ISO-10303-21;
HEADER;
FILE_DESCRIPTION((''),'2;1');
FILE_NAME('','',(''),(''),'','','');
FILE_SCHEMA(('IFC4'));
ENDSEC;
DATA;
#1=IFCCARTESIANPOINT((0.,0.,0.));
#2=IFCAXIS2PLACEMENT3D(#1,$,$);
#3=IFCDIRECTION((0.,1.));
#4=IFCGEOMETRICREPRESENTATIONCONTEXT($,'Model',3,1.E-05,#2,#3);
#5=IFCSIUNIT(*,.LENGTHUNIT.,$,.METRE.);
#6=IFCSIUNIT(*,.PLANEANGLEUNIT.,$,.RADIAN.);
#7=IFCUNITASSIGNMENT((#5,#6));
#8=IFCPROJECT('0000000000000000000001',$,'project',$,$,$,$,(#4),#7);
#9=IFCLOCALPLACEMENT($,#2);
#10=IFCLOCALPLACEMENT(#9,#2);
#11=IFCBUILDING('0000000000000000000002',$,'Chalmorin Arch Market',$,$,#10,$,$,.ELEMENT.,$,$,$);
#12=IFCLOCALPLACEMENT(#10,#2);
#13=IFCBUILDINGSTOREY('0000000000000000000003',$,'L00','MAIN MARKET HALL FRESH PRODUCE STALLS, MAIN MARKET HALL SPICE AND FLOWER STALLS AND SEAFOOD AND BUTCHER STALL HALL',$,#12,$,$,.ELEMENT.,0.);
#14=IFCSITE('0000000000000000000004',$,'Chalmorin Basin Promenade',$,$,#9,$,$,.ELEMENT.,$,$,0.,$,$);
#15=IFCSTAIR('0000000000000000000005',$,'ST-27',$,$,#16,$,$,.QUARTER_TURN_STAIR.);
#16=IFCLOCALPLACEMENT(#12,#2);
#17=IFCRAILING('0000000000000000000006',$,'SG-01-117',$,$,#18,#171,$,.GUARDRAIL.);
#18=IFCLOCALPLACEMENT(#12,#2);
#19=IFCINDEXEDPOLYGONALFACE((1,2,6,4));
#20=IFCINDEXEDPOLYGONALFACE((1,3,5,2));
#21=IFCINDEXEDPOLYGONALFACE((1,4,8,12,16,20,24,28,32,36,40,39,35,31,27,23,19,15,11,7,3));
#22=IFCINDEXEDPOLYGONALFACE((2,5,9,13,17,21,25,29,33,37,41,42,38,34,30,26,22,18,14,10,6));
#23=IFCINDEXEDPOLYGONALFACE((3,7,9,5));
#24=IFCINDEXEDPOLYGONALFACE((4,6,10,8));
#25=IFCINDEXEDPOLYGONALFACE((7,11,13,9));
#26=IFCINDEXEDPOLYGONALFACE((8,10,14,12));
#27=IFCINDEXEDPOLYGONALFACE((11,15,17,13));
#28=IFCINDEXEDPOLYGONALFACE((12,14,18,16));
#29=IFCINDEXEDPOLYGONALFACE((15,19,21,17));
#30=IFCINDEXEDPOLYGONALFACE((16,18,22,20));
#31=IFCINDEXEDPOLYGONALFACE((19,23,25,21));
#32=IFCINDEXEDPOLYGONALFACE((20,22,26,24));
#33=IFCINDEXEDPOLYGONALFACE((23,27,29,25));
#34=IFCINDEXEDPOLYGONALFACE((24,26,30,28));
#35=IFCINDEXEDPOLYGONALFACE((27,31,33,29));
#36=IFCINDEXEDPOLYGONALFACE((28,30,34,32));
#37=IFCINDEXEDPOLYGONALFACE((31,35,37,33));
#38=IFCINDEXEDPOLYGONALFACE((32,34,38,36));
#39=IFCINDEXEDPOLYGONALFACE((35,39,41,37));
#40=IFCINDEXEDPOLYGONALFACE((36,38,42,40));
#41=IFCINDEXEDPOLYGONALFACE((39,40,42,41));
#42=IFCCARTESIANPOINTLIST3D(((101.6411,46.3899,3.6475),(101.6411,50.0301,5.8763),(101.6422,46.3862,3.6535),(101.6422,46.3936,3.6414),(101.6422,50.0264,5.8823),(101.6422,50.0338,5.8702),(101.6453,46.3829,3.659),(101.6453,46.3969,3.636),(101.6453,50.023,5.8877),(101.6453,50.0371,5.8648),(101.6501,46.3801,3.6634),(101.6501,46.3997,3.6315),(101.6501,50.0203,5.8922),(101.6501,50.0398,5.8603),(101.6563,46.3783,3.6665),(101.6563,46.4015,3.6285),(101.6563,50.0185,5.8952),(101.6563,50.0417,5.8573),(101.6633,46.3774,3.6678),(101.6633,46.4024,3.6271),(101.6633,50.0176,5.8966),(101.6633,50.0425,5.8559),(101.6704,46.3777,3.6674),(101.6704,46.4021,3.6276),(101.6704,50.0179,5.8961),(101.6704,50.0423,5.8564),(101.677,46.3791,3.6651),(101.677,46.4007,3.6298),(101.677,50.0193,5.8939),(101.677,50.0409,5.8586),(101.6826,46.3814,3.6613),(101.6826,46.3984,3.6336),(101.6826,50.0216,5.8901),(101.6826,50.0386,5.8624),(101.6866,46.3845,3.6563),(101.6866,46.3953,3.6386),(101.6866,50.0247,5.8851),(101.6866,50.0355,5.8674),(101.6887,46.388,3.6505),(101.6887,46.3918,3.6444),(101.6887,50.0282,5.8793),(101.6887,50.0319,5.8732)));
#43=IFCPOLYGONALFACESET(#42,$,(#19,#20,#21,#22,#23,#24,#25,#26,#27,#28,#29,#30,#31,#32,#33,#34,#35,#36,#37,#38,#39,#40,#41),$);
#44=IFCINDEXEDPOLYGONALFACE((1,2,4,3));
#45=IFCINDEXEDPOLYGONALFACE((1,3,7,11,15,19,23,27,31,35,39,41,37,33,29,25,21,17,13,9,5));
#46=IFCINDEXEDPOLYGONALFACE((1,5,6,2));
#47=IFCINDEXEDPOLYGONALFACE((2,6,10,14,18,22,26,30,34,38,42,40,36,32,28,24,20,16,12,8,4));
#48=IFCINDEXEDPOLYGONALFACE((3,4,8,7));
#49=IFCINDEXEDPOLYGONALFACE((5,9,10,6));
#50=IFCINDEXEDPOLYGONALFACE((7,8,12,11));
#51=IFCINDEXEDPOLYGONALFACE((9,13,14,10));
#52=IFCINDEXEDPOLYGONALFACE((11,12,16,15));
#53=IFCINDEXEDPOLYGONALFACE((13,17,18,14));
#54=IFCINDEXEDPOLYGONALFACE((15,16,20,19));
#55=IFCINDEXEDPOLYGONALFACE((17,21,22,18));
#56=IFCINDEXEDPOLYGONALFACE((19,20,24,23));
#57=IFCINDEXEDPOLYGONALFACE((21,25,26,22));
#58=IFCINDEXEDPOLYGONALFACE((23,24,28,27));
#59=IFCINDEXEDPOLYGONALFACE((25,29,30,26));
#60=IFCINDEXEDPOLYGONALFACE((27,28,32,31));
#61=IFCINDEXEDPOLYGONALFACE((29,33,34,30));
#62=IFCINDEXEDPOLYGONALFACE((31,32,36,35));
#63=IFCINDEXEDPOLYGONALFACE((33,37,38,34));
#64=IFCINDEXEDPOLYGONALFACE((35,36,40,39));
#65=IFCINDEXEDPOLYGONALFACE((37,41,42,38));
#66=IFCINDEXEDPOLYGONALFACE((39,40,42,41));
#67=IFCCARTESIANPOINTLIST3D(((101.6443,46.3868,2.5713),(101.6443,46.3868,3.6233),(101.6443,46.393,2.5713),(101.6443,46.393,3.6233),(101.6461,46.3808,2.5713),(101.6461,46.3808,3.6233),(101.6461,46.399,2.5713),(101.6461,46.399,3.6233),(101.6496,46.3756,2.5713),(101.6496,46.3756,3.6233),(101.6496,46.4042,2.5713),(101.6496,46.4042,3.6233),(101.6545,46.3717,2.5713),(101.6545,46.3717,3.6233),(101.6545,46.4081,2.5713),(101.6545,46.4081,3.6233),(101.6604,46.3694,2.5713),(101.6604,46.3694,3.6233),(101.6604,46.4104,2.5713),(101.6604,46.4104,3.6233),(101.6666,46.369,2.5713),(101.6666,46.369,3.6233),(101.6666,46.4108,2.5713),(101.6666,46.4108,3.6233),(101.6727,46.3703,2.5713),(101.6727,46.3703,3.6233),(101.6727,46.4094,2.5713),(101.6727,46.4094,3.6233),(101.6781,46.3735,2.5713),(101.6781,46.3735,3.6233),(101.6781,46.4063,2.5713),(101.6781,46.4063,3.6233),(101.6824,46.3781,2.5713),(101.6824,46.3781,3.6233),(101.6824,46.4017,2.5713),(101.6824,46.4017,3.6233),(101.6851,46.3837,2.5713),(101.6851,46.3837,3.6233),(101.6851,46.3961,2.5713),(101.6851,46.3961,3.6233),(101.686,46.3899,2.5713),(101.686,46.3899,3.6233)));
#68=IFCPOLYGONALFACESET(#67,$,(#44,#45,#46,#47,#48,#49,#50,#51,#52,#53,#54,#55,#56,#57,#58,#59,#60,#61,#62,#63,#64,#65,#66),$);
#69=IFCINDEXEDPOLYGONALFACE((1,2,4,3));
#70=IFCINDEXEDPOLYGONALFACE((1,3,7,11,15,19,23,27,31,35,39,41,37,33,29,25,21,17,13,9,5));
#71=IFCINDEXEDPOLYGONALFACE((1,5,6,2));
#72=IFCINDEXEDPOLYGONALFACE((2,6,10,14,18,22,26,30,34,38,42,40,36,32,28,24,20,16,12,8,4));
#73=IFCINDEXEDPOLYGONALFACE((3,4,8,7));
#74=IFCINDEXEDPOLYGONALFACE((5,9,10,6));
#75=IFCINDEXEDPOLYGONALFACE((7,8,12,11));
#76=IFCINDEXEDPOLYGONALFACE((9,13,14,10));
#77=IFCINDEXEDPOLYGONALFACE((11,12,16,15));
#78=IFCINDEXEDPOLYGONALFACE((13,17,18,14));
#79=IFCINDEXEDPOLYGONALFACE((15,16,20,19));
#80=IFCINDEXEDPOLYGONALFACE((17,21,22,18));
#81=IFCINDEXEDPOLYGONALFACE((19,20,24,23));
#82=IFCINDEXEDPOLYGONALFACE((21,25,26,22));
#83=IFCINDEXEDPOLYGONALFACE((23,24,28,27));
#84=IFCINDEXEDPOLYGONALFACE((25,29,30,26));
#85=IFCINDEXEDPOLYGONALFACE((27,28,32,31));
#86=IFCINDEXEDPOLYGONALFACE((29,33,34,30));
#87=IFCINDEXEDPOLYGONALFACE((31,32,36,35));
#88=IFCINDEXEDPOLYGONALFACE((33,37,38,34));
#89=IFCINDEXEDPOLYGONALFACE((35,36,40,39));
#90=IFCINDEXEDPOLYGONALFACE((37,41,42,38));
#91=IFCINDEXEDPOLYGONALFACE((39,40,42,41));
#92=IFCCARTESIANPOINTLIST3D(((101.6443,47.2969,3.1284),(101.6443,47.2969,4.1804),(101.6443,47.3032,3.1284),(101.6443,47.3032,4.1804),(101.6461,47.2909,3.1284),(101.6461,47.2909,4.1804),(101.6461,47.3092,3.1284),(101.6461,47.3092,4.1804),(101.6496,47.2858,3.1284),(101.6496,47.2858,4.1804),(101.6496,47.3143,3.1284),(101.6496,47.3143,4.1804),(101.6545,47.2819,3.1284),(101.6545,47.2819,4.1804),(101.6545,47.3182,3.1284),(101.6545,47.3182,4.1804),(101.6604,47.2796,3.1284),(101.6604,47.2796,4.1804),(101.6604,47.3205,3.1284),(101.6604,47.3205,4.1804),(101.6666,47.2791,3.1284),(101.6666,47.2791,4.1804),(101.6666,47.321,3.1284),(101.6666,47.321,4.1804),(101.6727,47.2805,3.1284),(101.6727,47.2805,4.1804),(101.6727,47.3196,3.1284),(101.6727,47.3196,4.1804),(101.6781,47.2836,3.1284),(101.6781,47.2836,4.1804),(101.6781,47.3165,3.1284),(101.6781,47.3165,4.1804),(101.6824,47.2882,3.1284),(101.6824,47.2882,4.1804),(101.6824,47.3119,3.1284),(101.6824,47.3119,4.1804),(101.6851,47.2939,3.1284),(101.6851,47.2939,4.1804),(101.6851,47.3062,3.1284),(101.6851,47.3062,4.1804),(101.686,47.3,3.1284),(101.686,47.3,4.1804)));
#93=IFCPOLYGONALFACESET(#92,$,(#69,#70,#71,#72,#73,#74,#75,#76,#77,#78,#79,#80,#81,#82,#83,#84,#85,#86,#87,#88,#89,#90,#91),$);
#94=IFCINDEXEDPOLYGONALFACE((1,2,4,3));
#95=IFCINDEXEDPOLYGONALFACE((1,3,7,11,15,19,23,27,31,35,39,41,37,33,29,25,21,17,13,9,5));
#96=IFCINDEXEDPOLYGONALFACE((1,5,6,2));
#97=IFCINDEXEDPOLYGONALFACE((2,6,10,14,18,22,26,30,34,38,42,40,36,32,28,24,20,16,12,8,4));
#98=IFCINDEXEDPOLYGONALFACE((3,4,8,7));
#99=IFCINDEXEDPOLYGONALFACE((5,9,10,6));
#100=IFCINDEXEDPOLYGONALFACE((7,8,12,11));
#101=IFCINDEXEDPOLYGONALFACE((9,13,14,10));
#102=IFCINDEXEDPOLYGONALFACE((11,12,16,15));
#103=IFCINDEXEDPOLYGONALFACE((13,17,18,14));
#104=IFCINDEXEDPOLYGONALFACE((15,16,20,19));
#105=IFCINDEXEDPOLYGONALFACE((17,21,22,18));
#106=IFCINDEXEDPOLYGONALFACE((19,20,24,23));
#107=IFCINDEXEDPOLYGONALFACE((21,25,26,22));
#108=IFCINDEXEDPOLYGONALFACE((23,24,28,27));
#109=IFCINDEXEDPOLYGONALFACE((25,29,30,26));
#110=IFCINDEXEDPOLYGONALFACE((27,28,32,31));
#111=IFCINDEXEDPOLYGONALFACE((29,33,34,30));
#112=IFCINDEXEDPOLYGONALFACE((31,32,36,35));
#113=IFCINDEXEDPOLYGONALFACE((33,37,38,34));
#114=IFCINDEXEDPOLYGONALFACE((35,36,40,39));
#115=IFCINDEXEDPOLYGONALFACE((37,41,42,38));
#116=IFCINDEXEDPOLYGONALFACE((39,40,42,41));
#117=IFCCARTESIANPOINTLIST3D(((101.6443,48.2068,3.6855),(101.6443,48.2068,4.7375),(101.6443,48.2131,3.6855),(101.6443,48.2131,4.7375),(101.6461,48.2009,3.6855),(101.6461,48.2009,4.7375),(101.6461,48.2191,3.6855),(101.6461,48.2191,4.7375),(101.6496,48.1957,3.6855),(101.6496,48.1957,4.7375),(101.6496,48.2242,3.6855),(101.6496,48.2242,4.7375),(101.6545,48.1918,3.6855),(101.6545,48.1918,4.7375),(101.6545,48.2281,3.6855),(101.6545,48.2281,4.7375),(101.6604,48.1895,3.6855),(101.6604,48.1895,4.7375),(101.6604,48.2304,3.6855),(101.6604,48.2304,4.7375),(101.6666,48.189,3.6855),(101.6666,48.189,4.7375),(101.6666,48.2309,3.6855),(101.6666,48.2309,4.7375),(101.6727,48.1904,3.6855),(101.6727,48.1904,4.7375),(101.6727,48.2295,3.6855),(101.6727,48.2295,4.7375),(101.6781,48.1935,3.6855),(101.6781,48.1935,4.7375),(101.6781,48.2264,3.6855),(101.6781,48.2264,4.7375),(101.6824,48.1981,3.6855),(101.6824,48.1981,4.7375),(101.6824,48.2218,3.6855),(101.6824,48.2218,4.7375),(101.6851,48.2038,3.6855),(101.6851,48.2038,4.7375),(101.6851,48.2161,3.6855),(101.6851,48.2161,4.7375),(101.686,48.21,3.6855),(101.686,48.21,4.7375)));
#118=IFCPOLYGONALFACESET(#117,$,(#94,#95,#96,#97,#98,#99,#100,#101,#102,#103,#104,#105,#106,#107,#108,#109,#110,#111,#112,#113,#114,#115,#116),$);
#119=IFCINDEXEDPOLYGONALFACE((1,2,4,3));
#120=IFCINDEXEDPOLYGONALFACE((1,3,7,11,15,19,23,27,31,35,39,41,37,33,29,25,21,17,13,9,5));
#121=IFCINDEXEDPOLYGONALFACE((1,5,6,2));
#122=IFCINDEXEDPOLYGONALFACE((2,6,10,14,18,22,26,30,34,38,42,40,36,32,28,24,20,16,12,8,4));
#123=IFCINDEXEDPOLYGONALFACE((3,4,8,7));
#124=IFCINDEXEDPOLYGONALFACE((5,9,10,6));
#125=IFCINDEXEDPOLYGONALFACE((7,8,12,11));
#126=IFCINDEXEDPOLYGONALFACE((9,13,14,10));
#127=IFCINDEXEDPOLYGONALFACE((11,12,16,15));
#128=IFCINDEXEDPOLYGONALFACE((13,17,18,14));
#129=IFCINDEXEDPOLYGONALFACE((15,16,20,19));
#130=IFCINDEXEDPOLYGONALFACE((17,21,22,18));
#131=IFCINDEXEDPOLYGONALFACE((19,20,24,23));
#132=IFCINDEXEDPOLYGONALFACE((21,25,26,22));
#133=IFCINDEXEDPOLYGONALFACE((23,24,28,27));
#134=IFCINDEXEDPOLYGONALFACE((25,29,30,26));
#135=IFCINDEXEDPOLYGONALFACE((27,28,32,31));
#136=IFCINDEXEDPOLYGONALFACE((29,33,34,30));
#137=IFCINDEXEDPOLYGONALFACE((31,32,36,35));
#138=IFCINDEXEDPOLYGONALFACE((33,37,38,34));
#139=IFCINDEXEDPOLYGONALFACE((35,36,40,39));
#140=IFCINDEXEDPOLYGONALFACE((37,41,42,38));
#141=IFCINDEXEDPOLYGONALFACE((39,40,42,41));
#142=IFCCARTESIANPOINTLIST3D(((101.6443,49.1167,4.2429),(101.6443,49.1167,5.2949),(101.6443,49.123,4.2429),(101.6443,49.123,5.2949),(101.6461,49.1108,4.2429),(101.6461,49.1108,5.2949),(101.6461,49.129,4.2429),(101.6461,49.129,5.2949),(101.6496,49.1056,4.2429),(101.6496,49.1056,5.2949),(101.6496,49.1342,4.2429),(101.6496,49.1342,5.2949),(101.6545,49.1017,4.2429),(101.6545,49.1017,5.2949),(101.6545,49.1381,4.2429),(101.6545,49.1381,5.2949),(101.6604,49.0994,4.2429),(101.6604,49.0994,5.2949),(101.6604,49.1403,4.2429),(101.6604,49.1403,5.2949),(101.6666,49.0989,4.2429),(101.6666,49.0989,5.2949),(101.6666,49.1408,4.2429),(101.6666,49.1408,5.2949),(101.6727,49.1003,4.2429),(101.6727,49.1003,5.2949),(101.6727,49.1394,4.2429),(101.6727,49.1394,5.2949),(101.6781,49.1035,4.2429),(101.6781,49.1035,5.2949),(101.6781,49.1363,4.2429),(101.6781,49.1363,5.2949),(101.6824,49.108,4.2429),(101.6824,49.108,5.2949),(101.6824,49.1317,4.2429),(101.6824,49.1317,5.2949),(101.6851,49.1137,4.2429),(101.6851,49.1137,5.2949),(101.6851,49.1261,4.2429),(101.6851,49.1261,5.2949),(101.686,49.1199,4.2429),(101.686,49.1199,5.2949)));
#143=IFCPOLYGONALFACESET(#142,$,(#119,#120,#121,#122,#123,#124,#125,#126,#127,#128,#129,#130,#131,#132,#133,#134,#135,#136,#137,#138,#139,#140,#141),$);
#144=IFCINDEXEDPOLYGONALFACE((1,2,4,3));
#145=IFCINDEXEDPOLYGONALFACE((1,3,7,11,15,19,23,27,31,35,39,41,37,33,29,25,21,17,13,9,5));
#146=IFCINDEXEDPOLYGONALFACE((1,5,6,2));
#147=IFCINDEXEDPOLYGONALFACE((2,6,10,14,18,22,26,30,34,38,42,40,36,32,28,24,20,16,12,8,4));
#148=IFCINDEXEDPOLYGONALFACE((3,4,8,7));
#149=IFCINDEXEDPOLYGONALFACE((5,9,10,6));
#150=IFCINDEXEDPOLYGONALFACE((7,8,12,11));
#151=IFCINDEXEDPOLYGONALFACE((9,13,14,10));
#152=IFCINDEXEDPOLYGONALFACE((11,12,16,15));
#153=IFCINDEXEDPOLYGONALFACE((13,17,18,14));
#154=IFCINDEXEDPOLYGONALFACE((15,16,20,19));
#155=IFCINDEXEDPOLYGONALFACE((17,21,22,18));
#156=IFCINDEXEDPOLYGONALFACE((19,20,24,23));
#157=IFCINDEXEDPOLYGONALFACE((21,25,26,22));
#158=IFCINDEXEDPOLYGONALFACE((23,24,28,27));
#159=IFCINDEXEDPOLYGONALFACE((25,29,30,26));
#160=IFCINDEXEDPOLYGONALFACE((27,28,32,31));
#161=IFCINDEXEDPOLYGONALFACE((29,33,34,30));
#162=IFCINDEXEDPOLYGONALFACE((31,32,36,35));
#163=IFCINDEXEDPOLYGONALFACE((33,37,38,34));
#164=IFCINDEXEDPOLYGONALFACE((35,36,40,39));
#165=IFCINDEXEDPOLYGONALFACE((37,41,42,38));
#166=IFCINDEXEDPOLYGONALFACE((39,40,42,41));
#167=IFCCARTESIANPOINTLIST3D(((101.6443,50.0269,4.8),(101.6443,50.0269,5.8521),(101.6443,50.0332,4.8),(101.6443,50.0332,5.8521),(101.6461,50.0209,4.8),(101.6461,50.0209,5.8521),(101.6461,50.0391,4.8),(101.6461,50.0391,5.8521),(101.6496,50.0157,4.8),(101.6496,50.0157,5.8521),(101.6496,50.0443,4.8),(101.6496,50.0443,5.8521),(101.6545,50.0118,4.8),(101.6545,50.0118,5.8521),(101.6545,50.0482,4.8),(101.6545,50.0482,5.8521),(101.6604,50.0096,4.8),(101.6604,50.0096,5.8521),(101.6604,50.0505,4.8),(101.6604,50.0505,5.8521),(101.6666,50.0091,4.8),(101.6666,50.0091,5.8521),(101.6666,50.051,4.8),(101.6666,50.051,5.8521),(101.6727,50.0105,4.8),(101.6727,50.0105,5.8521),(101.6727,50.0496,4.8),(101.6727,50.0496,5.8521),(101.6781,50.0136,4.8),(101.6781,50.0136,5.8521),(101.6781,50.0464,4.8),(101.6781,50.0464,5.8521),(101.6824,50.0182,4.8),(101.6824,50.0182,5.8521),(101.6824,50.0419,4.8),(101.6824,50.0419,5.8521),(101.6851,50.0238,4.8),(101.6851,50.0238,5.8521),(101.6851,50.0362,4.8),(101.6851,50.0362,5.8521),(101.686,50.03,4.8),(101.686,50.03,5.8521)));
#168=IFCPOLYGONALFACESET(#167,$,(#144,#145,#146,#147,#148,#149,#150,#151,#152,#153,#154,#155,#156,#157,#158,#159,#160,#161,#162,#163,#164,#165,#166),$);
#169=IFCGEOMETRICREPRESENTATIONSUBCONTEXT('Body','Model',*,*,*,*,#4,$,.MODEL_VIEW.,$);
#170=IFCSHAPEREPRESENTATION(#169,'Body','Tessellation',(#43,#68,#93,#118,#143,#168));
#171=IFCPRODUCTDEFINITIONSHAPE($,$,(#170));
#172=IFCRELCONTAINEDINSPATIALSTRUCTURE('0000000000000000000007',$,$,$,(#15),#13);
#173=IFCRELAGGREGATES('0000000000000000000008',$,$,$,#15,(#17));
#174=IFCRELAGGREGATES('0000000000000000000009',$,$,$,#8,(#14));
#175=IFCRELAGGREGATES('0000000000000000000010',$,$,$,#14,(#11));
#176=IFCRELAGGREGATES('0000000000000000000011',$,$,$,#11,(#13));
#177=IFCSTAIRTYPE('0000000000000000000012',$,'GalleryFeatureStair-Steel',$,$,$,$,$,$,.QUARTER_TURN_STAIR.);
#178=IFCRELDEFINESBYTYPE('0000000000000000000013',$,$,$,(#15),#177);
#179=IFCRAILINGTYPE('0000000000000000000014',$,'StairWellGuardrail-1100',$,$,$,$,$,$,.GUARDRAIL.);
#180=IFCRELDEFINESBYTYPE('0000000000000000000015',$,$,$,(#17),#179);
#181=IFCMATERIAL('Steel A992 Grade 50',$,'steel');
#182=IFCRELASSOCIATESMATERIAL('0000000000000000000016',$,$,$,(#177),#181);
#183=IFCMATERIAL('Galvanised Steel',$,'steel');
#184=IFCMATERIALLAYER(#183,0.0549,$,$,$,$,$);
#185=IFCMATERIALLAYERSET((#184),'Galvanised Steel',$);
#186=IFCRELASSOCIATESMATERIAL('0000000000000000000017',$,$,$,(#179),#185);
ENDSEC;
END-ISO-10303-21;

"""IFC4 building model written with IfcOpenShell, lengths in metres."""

from ifc_helpers import new_model, si_unit, direction, frame, origin, origin_2d, place, context, subcontext, project, spatial, circle, extrude, material, layer, layer_set, type_object, element, aggregate, save


model = new_model("IFC4")

# Units and contexts
model_context = context("Model", 3, precision=1e-05, world=origin(), true_north=direction((0.0, 1.0)))
body_context = subcontext(model_context, "Body", "Model", "MODEL_VIEW")
ifc_project = project(units=[si_unit("LENGTHUNIT", "METRE"), si_unit("PLANEANGLEUNIT", "RADIAN")], contexts=[model_context])

# Site, building, storey
site_placement = place(None, origin())
site = spatial("IfcSite", under=ifc_project, at=site_placement, Name="Chalmorin Basin Promenade", CompositionType="ELEMENT", RefElevation=0.0)
building_placement = place(site_placement, origin())
building = spatial("IfcBuilding", under=site, at=building_placement, Name="Chalmorin Arch Market", CompositionType="ELEMENT")
storey_placement = place(building_placement, origin())
storey = spatial("IfcBuildingStorey", under=building, at=storey_placement, Name="L00", Description="MAIN MARKET HALL FRESH PRODUCE STALLS, MAIN MARKET HALL SPICE AND FLOWER STALLS AND SEAFOOD AND BUTCHER STALL HALL", CompositionType="ELEMENT", Elevation=0.0)

# Shared definitions
ifc_material_1 = material(Name="Steel A992 Grade 50", Category="steel")

# Stair, railing
stair_type = type_object("IfcStairType", Name="GalleryFeatureStair-Steel", PredefinedType="QUARTER_TURN_STAIR", material=ifc_material_1)
stair_placement = place(storey_placement, origin())
stair = element("IfcStair", 1, at=stair_placement, inside=storey, type_object=stair_type, Name="ST-27", PredefinedType="QUARTER_TURN_STAIR")
ifc_material_2 = material(Name="Galvanised Steel", Category="steel")
ifc_layer_1 = layer(ifc_material_2, 0.0549)
ifc_layer_set_1 = layer_set([ifc_layer_1], Name="Galvanised Steel")
railing_type = type_object("IfcRailingType", Name="StairWellGuardrail-1100", PredefinedType="GUARDRAIL", material=ifc_layer_set_1)
railing_1_placement = place(storey_placement, frame((101.665, 46.3899, 2.5713)))
railing_1 = element("IfcRailing", 2, at=railing_1_placement, type_object=railing_type, Name="SG-01-117", PredefinedType="GUARDRAIL", context=body_context, shape_type="SweptSolid", body=[
    extrude(circle(Radius=0.0239, at=origin_2d()), frame((0.0, 0.0, 1.0762), z_axis=(0.0, 0.85284, 0.522172), x_axis=(-1.0, 0.0, 0.0)), (0.0, 0.0, 1.0), 4.2683),
    extrude(circle(Radius=0.021, at=origin_2d()), origin(), (0.0, 0.0, 1.0), 1.052),
    extrude(circle(Radius=0.021, at=origin_2d()), frame((0.0, 0.9102, 0.5571)), (0.0, 0.0, 1.0), 1.052),
    extrude(circle(Radius=0.021, at=origin_2d()), frame((0.0, 1.8201, 1.1143)), (0.0, 0.0, 1.0), 1.052),
    extrude(circle(Radius=0.021, at=origin_2d()), frame((0.0, 2.73, 1.6716)), (0.0, 0.0, 1.0), 1.052),
    extrude(circle(Radius=0.021, at=origin_2d()), frame((0.0, 3.6401, 2.2288)), (0.0, 0.0, 1.0), 1.052),
])
aggregate(stair, [railing_1])

save(model, "model.ifc")
